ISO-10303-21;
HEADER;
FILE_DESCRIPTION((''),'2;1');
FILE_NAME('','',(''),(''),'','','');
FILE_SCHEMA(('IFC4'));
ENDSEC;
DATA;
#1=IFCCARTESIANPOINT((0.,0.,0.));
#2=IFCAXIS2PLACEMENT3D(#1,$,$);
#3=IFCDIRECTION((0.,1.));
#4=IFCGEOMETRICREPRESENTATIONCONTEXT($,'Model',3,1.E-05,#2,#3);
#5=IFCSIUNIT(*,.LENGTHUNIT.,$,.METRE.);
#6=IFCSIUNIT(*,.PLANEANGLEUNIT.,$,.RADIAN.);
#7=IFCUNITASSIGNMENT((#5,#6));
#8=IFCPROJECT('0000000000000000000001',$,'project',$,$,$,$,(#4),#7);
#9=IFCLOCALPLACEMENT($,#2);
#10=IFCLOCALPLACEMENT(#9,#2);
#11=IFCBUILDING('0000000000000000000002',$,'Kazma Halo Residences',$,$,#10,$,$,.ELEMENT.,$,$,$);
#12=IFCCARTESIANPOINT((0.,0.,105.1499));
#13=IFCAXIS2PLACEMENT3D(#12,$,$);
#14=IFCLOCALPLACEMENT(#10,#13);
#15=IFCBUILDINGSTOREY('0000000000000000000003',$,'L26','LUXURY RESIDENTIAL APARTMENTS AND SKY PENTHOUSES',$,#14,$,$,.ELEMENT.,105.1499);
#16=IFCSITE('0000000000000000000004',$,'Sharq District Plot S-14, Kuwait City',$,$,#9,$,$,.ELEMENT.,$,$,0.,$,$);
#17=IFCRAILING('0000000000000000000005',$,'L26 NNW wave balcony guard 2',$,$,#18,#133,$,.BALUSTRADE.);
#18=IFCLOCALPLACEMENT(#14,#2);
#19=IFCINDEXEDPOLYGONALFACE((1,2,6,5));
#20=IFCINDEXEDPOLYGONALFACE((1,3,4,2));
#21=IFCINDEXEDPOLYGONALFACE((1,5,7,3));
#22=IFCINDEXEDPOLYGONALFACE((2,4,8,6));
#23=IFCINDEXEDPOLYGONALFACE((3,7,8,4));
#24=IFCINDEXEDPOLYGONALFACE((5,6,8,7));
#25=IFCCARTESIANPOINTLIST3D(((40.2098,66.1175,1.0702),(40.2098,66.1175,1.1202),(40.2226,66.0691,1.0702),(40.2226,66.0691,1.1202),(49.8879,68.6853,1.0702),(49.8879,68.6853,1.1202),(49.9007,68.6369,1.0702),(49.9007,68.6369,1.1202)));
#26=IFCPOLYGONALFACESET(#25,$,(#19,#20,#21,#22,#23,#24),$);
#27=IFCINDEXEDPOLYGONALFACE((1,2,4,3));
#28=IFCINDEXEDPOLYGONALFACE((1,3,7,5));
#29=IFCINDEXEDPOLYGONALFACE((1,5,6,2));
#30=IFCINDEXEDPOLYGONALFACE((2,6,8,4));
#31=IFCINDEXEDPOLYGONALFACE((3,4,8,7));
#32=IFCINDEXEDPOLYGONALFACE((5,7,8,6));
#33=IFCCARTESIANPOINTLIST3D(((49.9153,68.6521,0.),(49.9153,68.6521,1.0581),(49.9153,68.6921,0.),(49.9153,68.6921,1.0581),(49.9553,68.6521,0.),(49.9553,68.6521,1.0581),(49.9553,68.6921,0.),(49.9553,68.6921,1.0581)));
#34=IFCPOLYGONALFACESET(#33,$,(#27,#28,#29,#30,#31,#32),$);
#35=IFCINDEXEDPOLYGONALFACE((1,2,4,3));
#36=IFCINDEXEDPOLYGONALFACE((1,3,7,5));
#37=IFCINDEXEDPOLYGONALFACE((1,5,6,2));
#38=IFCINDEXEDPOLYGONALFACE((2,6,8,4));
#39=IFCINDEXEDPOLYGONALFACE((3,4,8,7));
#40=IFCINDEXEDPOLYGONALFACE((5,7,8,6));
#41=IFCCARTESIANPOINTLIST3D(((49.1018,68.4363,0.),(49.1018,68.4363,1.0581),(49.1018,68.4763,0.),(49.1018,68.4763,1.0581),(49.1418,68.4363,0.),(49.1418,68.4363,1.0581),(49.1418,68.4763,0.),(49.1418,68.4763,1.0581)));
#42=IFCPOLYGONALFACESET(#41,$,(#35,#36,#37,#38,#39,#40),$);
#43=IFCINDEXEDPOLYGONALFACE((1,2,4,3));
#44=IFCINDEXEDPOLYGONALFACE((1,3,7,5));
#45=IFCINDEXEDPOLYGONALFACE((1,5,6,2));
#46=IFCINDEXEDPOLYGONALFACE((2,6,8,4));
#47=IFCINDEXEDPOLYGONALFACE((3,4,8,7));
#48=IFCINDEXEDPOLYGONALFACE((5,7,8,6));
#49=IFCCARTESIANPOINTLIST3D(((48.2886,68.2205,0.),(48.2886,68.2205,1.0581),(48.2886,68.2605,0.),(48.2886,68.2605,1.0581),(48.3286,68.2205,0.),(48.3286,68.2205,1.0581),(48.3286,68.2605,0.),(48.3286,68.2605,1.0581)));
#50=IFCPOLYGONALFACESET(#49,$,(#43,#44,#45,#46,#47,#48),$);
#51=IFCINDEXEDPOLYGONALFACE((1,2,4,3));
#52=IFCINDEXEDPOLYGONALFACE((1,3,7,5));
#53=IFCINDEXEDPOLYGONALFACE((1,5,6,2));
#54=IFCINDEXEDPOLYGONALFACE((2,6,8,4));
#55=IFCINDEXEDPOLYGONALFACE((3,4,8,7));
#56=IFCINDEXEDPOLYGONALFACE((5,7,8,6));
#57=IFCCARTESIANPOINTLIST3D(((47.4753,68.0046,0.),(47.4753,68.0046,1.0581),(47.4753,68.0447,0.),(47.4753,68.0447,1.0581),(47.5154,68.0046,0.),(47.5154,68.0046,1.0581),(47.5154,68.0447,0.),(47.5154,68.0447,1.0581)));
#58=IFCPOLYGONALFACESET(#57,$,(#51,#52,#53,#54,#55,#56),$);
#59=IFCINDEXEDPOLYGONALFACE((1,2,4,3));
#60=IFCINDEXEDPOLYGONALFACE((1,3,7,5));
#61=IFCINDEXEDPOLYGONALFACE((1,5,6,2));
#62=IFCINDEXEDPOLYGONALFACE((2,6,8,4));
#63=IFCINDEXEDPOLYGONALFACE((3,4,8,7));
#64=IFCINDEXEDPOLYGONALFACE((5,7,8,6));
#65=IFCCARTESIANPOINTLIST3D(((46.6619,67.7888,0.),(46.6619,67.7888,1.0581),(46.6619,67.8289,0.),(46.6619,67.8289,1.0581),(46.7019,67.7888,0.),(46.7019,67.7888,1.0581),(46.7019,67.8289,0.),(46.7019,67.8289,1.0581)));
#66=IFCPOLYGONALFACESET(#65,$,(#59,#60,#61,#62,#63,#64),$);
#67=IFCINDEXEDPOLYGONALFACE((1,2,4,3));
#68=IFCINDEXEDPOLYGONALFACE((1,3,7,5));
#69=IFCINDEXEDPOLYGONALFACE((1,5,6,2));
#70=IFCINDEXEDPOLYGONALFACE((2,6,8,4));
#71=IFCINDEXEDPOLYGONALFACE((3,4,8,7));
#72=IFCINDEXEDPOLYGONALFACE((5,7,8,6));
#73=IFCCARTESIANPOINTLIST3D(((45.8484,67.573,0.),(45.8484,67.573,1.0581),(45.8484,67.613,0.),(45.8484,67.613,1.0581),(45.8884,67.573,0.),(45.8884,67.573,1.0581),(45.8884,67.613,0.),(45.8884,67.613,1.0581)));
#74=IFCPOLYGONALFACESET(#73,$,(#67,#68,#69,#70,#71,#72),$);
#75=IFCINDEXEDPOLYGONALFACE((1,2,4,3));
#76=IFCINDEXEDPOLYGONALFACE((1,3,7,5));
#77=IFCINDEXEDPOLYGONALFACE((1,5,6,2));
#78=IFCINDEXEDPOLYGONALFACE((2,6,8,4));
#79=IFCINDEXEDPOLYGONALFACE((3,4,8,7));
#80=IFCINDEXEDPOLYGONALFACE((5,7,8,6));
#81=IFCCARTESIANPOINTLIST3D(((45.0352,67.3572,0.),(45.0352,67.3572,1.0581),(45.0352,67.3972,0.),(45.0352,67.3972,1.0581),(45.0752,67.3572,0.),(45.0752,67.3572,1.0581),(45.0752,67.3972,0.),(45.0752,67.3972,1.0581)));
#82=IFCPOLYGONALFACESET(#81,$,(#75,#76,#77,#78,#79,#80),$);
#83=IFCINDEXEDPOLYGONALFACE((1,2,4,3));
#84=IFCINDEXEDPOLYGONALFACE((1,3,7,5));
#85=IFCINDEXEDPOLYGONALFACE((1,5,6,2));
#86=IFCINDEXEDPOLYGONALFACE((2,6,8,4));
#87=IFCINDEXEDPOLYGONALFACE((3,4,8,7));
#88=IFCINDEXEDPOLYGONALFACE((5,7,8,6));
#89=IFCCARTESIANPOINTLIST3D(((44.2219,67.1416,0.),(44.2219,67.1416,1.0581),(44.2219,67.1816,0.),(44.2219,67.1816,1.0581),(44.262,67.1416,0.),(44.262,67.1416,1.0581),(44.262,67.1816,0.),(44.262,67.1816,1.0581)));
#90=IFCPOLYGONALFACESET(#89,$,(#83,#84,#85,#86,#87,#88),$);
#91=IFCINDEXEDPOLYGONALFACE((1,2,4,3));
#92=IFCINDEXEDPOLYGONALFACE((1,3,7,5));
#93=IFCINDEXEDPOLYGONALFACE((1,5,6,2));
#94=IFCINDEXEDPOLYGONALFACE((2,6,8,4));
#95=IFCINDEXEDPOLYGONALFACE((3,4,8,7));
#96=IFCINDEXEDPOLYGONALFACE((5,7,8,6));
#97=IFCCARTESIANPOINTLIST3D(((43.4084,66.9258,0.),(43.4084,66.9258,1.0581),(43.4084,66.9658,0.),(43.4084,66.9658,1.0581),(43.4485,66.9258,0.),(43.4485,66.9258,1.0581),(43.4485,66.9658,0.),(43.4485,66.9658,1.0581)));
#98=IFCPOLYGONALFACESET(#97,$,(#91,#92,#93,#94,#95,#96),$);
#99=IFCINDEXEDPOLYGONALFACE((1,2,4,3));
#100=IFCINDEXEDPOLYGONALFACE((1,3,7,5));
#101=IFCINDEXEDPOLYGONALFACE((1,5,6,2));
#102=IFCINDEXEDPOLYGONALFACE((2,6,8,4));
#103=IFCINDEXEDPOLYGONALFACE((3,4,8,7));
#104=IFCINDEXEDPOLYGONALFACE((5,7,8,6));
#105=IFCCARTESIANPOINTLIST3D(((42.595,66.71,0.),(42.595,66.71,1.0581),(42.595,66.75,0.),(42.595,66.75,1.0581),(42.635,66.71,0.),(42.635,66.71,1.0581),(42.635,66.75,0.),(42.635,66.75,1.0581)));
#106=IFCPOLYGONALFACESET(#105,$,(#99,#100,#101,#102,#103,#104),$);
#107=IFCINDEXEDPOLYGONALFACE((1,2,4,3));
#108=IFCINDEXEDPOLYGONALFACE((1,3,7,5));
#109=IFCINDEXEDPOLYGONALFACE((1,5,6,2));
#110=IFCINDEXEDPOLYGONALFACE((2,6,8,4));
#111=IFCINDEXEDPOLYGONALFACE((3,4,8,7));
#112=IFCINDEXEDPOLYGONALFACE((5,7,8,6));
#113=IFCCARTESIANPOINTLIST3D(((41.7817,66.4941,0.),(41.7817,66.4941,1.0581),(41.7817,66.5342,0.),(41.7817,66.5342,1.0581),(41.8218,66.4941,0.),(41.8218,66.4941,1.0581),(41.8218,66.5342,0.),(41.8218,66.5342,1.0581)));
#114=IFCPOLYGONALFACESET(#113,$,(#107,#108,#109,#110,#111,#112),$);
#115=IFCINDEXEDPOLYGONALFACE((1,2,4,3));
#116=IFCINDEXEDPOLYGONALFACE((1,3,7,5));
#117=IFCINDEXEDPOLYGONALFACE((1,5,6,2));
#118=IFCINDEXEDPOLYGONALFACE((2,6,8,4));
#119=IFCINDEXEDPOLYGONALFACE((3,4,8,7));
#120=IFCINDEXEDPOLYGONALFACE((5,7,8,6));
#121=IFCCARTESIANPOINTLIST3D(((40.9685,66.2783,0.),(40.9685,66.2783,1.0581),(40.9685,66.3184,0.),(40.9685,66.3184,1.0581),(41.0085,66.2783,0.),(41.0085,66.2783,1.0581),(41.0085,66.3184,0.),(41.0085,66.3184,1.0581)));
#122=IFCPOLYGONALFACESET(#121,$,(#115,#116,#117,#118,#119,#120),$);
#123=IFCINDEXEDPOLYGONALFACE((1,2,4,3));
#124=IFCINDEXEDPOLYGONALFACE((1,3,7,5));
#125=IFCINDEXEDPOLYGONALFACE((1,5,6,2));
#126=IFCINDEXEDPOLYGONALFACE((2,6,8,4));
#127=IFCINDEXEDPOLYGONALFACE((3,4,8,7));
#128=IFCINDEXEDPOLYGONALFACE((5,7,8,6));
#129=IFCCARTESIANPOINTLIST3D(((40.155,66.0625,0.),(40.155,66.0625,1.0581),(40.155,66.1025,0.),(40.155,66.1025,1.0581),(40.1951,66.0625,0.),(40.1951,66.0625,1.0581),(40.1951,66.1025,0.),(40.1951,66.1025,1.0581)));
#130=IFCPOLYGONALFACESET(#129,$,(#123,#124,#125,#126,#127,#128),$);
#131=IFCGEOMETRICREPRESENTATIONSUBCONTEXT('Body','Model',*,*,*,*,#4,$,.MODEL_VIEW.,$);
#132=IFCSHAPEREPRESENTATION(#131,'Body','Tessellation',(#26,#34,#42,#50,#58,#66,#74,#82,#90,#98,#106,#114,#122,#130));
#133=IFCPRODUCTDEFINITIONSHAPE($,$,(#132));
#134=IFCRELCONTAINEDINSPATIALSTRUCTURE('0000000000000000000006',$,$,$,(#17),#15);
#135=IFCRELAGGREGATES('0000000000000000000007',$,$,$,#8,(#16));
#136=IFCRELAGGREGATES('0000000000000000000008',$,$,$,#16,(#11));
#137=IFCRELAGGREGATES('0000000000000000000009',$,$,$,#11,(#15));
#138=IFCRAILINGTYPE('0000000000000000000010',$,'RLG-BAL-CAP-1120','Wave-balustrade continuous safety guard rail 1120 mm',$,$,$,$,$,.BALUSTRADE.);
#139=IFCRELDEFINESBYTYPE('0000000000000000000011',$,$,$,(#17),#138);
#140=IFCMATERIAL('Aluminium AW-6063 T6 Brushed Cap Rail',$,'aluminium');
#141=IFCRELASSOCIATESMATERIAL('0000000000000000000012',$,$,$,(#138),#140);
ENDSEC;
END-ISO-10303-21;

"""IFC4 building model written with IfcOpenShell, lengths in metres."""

from ifc_helpers import new_model, si_unit, direction, frame, origin, origin_2d, place, context, subcontext, project, spatial, rectangle, extrude, material, type_object, element, save


model = new_model("IFC4")

# Units and contexts
model_context = context("Model", 3, precision=1e-05, world=origin(), true_north=direction((0.0, 1.0)))
body_context = subcontext(model_context, "Body", "Model", "MODEL_VIEW")
ifc_project = project(units=[si_unit("LENGTHUNIT", "METRE"), si_unit("PLANEANGLEUNIT", "RADIAN")], contexts=[model_context])

# Site, building, storey
site_placement = place(None, origin())
site = spatial("IfcSite", under=ifc_project, at=site_placement, Name="Sharq District Plot S-14, Kuwait City", CompositionType="ELEMENT", RefElevation=0.0)
building_placement = place(site_placement, origin())
building = spatial("IfcBuilding", under=site, at=building_placement, Name="Kazma Halo Residences", CompositionType="ELEMENT")
storey_placement = place(building_placement, frame((0.0, 0.0, 105.1499)))
storey = spatial("IfcBuildingStorey", under=building, at=storey_placement, Name="L26", Description="LUXURY RESIDENTIAL APARTMENTS AND SKY PENTHOUSES", CompositionType="ELEMENT", Elevation=105.1499)

# Railing
ifc_material_1 = material(Name="Aluminium AW-6063 T6 Brushed Cap Rail", Category="aluminium")
railing_type = type_object("IfcRailingType", Name="RLG-BAL-CAP-1120", Description="Wave-balustrade continuous safety guard rail 1120 mm", PredefinedType="BALUSTRADE", material=ifc_material_1)
railing_1_placement = place(storey_placement, frame((49.9353, 68.6721, 0.0)))
element("IfcRailing", 1, at=railing_1_placement, inside=storey, type_object=railing_type, Name="L26 NNW wave balcony guard 2", PredefinedType="BALUSTRADE", context=body_context, shape_type="SweptSolid", body=[
    extrude(rectangle(XDim=0.05, YDim=0.05, at=origin_2d()), frame((-0.041, -0.011, 1.0952), z_axis=(-0.966558, -0.256448, 0.0), x_axis=(0.256448, -0.966558, 0.0)), (0.0, 0.0, 1.0), 10.0129),
    extrude(rectangle(XDim=0.04, YDim=0.04, at=origin_2d()), origin(), (0.0, 0.0, 1.0), 1.0581),
    extrude(rectangle(XDim=0.04, YDim=0.04, at=origin_2d()), frame((-0.8135, -0.2158, 0.0)), (0.0, 0.0, 1.0), 1.0581),
    extrude(rectangle(XDim=0.04, YDim=0.04, at=origin_2d()), frame((-1.6267, -0.4316, 0.0)), (0.0, 0.0, 1.0), 1.0581),
    extrude(rectangle(XDim=0.04, YDim=0.04, at=origin_2d()), frame((-2.4399, -0.6475, 0.0)), (0.0, 0.0, 1.0), 1.0581),
    extrude(rectangle(XDim=0.04, YDim=0.04, at=origin_2d()), frame((-3.2534, -0.8633, 0.0)), (0.0, 0.0, 1.0), 1.0581),
    extrude(rectangle(XDim=0.04, YDim=0.04, at=origin_2d()), frame((-4.0669, -1.0791, 0.0)), (0.0, 0.0, 1.0), 1.0581),
    extrude(rectangle(XDim=0.04, YDim=0.04, at=origin_2d()), frame((-4.8801, -1.2949, 0.0)), (0.0, 0.0, 1.0), 1.0581),
    extrude(rectangle(XDim=0.04, YDim=0.04, at=origin_2d()), frame((-5.6934, -1.5105, 0.0)), (0.0, 0.0, 1.0), 1.0581),
    extrude(rectangle(XDim=0.04, YDim=0.04, at=origin_2d()), frame((-6.5068, -1.7263, 0.0)), (0.0, 0.0, 1.0), 1.0581),
    extrude(rectangle(XDim=0.04, YDim=0.04, at=origin_2d()), frame((-7.3203, -1.9421, 0.0)), (0.0, 0.0, 1.0), 1.0581),
    extrude(rectangle(XDim=0.04, YDim=0.04, at=origin_2d()), frame((-8.1335, -2.158, 0.0)), (0.0, 0.0, 1.0), 1.0581),
    extrude(rectangle(XDim=0.04, YDim=0.04, at=origin_2d()), frame((-8.9468, -2.3738, 0.0)), (0.0, 0.0, 1.0), 1.0581),
    extrude(rectangle(XDim=0.04, YDim=0.04, at=origin_2d()), frame((-9.7603, -2.5896, 0.0)), (0.0, 0.0, 1.0), 1.0581),
])

save(model, "model.ifc")
